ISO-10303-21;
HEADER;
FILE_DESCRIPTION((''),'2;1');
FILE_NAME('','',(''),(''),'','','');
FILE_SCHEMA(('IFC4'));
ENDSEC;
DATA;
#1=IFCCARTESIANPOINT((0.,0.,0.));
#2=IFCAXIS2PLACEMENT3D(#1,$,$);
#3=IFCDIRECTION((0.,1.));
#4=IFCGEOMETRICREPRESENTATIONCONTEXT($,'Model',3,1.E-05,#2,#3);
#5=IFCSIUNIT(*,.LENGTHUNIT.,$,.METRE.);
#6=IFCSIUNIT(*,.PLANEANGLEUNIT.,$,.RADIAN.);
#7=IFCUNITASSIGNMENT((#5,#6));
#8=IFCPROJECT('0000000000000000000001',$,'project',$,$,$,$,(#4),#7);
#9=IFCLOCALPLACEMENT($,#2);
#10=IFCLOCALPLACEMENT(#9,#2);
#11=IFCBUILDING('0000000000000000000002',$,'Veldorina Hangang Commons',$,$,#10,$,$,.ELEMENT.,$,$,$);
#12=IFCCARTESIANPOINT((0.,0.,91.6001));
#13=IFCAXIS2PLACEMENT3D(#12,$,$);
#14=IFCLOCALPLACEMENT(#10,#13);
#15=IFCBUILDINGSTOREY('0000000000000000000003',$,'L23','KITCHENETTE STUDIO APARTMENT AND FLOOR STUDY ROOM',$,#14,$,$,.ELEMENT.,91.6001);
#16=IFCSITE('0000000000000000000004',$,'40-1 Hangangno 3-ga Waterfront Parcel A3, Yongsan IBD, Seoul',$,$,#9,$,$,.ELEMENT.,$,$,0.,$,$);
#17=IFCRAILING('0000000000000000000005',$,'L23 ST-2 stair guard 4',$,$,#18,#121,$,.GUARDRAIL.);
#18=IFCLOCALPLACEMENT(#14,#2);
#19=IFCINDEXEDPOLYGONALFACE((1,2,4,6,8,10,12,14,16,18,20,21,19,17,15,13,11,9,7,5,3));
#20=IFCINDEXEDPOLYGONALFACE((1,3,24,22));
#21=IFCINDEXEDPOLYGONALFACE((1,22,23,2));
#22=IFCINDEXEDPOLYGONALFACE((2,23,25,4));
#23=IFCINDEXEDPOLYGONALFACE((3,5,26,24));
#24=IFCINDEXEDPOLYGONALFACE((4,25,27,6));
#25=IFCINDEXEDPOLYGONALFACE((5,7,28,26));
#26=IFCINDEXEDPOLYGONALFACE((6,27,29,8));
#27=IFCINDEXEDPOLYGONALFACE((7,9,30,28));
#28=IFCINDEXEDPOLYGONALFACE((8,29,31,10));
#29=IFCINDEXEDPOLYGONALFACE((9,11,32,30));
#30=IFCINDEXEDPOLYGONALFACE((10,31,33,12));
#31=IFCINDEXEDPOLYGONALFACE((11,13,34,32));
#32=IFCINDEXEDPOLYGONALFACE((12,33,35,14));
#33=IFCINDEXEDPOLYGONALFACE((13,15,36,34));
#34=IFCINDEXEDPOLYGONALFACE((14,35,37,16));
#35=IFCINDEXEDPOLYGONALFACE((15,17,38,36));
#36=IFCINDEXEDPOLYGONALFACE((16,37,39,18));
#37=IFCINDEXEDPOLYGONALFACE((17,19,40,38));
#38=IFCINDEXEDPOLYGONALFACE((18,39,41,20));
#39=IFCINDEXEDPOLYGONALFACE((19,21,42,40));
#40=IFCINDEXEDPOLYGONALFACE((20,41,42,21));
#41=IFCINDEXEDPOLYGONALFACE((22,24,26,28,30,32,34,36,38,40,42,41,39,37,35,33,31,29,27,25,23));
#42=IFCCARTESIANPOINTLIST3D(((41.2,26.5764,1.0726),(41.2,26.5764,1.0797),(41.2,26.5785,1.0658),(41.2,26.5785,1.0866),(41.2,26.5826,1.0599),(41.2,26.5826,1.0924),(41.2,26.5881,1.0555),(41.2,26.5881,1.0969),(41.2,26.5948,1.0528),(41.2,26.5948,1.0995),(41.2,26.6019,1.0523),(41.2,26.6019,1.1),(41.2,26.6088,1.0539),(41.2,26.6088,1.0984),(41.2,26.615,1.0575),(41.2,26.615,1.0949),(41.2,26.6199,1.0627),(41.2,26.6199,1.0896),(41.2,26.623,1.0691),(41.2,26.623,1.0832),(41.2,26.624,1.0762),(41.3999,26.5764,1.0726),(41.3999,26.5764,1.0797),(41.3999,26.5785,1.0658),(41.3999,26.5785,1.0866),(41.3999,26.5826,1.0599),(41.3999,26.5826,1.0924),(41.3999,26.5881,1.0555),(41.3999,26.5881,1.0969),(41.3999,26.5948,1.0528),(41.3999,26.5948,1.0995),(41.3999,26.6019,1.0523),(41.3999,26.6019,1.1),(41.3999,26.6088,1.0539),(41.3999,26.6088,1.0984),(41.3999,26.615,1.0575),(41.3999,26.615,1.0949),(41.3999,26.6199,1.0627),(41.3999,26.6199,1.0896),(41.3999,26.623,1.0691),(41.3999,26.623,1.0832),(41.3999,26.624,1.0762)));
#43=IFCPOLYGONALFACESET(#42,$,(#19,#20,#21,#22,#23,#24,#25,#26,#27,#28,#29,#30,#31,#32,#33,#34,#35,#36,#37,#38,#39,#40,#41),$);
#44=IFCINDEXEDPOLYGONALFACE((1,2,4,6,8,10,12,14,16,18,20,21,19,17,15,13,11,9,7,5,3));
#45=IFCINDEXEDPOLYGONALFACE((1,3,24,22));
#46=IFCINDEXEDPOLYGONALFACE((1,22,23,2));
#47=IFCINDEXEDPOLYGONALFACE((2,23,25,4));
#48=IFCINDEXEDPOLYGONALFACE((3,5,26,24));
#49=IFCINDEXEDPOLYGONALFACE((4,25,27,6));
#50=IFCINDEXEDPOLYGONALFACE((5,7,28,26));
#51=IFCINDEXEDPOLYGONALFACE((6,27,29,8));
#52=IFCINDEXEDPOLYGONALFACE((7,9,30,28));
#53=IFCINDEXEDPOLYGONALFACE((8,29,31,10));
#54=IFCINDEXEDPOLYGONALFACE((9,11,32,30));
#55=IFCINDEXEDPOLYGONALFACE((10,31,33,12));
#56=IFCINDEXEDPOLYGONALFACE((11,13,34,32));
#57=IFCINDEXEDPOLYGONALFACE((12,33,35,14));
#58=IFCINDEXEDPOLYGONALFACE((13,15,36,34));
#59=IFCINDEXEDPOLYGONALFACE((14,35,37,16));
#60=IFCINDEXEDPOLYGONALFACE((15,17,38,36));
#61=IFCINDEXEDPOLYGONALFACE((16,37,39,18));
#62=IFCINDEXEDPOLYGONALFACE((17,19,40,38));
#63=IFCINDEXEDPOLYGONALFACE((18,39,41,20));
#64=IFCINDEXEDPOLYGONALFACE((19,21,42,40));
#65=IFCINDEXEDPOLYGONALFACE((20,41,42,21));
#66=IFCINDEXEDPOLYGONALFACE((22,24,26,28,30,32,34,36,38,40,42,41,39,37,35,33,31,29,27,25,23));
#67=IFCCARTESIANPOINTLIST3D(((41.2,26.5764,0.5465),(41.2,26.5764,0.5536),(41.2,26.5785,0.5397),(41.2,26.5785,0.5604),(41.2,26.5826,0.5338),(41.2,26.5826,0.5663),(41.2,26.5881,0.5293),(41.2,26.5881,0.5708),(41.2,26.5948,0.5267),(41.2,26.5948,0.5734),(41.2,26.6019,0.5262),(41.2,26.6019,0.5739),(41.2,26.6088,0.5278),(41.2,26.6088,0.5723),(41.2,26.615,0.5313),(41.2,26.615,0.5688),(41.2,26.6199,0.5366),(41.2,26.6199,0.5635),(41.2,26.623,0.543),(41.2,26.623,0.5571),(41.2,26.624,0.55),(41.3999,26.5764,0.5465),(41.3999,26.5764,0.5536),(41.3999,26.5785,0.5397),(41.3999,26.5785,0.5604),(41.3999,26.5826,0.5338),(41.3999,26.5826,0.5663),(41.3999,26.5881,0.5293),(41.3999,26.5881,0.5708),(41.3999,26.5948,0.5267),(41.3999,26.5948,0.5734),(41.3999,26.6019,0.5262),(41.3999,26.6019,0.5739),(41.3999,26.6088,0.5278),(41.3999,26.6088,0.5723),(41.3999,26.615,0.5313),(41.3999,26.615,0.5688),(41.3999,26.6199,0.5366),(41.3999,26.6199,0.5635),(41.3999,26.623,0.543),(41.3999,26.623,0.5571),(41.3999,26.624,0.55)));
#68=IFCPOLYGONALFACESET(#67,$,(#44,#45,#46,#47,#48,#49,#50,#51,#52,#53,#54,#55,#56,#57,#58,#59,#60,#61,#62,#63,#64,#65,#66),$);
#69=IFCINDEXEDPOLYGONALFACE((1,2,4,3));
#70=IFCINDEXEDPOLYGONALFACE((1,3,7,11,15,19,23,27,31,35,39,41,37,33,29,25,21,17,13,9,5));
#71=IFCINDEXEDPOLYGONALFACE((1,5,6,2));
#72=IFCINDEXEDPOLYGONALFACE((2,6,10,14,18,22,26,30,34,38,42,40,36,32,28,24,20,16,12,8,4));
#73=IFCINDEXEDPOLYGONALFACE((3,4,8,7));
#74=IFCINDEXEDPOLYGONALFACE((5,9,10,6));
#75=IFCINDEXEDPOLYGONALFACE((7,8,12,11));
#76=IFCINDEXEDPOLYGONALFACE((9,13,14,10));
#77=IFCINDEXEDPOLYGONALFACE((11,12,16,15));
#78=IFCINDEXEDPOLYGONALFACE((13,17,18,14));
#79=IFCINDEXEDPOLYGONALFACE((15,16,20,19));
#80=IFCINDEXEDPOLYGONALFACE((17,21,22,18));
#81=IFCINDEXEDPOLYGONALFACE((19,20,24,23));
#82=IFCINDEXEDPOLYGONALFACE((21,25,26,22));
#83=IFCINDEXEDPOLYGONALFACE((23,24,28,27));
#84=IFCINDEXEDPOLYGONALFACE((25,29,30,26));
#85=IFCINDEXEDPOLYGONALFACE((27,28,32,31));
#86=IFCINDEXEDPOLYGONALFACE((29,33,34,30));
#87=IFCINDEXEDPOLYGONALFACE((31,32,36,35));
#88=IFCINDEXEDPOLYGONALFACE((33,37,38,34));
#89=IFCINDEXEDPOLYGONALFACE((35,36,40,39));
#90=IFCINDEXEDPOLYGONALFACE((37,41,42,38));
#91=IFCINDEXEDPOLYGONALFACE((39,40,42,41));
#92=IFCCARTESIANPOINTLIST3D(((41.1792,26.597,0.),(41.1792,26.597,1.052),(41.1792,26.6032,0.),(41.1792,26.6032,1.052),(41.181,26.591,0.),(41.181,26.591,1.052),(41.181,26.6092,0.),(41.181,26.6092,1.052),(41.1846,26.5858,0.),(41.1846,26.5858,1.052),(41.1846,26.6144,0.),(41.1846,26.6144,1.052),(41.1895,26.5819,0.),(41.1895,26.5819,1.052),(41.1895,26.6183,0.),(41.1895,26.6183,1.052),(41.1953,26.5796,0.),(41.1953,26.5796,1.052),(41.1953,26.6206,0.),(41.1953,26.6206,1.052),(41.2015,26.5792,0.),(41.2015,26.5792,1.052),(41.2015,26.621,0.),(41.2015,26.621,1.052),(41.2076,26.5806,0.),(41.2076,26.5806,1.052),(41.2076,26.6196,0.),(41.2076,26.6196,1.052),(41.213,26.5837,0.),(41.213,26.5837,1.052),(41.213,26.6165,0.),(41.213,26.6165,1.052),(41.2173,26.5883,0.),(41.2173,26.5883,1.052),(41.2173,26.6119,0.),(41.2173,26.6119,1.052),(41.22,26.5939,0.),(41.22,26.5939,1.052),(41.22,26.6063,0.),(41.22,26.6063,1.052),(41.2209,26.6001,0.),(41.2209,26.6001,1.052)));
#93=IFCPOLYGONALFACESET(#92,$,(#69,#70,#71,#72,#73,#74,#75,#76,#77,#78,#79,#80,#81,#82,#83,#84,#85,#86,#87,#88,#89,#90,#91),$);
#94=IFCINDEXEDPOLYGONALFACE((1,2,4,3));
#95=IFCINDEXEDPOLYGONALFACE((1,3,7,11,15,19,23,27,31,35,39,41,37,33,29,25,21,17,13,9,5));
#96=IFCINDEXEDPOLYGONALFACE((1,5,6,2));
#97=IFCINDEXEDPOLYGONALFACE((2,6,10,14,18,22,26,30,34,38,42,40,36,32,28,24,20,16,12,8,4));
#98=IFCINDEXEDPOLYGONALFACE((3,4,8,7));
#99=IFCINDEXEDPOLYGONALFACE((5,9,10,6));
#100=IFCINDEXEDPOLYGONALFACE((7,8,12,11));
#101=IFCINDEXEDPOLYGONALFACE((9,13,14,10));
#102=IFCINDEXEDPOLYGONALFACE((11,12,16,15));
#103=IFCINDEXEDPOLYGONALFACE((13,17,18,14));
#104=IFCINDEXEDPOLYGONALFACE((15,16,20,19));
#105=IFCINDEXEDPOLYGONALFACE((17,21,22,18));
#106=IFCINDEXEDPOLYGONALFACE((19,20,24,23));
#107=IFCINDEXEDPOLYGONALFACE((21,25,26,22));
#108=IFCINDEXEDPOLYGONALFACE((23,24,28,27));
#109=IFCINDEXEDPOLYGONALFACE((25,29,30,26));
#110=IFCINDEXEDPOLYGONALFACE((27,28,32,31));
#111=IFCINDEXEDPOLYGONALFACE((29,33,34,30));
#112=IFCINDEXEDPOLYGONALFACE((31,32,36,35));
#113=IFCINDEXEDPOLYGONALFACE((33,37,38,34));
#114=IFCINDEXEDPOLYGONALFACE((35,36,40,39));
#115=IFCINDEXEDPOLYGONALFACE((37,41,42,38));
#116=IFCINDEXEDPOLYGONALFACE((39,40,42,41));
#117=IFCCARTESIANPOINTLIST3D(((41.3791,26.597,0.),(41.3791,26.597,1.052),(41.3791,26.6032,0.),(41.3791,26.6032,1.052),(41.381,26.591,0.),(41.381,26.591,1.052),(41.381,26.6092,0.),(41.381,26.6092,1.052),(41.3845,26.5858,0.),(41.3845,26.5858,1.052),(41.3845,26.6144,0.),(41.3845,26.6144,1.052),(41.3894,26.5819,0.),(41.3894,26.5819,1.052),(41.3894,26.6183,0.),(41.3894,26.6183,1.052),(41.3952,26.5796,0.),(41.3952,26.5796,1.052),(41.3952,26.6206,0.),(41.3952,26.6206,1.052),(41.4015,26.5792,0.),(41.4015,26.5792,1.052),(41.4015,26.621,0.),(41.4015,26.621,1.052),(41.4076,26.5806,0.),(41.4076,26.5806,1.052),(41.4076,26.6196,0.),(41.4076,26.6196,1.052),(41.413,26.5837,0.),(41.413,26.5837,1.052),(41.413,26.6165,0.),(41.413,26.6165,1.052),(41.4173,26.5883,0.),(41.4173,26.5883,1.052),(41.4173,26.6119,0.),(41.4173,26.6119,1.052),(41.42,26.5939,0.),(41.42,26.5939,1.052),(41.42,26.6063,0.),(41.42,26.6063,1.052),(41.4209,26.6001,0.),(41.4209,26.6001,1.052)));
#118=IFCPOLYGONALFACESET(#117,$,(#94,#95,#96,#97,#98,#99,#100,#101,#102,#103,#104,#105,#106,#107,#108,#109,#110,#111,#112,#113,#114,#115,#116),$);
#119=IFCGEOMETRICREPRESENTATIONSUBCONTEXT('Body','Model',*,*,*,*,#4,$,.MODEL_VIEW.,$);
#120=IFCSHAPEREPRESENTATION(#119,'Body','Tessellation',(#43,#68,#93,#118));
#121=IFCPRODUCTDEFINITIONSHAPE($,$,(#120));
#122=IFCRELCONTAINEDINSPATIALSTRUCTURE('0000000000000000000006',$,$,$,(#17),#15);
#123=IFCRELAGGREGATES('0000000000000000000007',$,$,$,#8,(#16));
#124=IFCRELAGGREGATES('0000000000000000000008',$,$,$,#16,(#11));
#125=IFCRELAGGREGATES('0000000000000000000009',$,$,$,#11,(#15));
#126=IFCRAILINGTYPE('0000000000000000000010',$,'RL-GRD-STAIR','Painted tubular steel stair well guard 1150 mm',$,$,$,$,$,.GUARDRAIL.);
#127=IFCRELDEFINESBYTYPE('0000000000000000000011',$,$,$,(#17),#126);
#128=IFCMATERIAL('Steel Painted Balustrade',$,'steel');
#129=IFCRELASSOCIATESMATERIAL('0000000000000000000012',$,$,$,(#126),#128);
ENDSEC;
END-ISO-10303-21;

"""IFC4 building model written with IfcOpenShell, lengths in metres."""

from ifc_helpers import new_model, si_unit, direction, frame, origin, origin_2d, place, context, subcontext, project, spatial, circle, extrude, material, type_object, element, save


model = new_model("IFC4")

# Units and contexts
model_context = context("Model", 3, precision=1e-05, world=origin(), true_north=direction((0.0, 1.0)))
body_context = subcontext(model_context, "Body", "Model", "MODEL_VIEW")
ifc_project = project(units=[si_unit("LENGTHUNIT", "METRE"), si_unit("PLANEANGLEUNIT", "RADIAN")], contexts=[model_context])

# Site, building, storey
site_placement = place(None, origin())
site = spatial("IfcSite", under=ifc_project, at=site_placement, Name="40-1 Hangangno 3-ga Waterfront Parcel A3, Yongsan IBD, Seoul", CompositionType="ELEMENT", RefElevation=0.0)
building_placement = place(site_placement, origin())
building = spatial("IfcBuilding", under=site, at=building_placement, Name="Veldorina Hangang Commons", CompositionType="ELEMENT")
storey_placement = place(building_placement, frame((0.0, 0.0, 91.6001)))
storey = spatial("IfcBuildingStorey", under=building, at=storey_placement, Name="L23", Description="KITCHENETTE STUDIO APARTMENT AND FLOOR STUDY ROOM", CompositionType="ELEMENT", Elevation=91.6001)

# Railing
ifc_material_1 = material(Name="Steel Painted Balustrade", Category="steel")
railing_type_1 = type_object("IfcRailingType", Name="RL-GRD-STAIR", Description="Painted tubular steel stair well guard 1150 mm", PredefinedType="GUARDRAIL", material=ifc_material_1)
railing_1_placement = place(storey_placement, frame((41.2, 26.6001, 0.0)))
element("IfcRailing", 1, at=railing_1_placement, inside=storey, type_object=railing_type_1, Name="L23 ST-2 stair guard 4", PredefinedType="GUARDRAIL", context=body_context, shape_type="SweptSolid", body=[
    extrude(circle(Radius=0.0239, at=origin_2d()), frame((0.0, 0.0, 1.0762), z_axis=(1.0, 0.0, 0.0), x_axis=(0.0, 1.0, 0.0)), (0.0, 0.0, 1.0), 0.2),
    extrude(circle(Radius=0.0239, at=origin_2d()), frame((0.0, 0.0, 0.55), z_axis=(1.0, 0.0, 0.0), x_axis=(0.0, 1.0, 0.0)), (0.0, 0.0, 1.0), 0.2),
    extrude(circle(Radius=0.021, at=origin_2d()), origin(), (0.0, 0.0, 1.0), 1.052),
    extrude(circle(Radius=0.021, at=origin_2d()), frame((0.2, 0.0, 0.0)), (0.0, 0.0, 1.0), 1.052),
])

save(model, "model.ifc")
